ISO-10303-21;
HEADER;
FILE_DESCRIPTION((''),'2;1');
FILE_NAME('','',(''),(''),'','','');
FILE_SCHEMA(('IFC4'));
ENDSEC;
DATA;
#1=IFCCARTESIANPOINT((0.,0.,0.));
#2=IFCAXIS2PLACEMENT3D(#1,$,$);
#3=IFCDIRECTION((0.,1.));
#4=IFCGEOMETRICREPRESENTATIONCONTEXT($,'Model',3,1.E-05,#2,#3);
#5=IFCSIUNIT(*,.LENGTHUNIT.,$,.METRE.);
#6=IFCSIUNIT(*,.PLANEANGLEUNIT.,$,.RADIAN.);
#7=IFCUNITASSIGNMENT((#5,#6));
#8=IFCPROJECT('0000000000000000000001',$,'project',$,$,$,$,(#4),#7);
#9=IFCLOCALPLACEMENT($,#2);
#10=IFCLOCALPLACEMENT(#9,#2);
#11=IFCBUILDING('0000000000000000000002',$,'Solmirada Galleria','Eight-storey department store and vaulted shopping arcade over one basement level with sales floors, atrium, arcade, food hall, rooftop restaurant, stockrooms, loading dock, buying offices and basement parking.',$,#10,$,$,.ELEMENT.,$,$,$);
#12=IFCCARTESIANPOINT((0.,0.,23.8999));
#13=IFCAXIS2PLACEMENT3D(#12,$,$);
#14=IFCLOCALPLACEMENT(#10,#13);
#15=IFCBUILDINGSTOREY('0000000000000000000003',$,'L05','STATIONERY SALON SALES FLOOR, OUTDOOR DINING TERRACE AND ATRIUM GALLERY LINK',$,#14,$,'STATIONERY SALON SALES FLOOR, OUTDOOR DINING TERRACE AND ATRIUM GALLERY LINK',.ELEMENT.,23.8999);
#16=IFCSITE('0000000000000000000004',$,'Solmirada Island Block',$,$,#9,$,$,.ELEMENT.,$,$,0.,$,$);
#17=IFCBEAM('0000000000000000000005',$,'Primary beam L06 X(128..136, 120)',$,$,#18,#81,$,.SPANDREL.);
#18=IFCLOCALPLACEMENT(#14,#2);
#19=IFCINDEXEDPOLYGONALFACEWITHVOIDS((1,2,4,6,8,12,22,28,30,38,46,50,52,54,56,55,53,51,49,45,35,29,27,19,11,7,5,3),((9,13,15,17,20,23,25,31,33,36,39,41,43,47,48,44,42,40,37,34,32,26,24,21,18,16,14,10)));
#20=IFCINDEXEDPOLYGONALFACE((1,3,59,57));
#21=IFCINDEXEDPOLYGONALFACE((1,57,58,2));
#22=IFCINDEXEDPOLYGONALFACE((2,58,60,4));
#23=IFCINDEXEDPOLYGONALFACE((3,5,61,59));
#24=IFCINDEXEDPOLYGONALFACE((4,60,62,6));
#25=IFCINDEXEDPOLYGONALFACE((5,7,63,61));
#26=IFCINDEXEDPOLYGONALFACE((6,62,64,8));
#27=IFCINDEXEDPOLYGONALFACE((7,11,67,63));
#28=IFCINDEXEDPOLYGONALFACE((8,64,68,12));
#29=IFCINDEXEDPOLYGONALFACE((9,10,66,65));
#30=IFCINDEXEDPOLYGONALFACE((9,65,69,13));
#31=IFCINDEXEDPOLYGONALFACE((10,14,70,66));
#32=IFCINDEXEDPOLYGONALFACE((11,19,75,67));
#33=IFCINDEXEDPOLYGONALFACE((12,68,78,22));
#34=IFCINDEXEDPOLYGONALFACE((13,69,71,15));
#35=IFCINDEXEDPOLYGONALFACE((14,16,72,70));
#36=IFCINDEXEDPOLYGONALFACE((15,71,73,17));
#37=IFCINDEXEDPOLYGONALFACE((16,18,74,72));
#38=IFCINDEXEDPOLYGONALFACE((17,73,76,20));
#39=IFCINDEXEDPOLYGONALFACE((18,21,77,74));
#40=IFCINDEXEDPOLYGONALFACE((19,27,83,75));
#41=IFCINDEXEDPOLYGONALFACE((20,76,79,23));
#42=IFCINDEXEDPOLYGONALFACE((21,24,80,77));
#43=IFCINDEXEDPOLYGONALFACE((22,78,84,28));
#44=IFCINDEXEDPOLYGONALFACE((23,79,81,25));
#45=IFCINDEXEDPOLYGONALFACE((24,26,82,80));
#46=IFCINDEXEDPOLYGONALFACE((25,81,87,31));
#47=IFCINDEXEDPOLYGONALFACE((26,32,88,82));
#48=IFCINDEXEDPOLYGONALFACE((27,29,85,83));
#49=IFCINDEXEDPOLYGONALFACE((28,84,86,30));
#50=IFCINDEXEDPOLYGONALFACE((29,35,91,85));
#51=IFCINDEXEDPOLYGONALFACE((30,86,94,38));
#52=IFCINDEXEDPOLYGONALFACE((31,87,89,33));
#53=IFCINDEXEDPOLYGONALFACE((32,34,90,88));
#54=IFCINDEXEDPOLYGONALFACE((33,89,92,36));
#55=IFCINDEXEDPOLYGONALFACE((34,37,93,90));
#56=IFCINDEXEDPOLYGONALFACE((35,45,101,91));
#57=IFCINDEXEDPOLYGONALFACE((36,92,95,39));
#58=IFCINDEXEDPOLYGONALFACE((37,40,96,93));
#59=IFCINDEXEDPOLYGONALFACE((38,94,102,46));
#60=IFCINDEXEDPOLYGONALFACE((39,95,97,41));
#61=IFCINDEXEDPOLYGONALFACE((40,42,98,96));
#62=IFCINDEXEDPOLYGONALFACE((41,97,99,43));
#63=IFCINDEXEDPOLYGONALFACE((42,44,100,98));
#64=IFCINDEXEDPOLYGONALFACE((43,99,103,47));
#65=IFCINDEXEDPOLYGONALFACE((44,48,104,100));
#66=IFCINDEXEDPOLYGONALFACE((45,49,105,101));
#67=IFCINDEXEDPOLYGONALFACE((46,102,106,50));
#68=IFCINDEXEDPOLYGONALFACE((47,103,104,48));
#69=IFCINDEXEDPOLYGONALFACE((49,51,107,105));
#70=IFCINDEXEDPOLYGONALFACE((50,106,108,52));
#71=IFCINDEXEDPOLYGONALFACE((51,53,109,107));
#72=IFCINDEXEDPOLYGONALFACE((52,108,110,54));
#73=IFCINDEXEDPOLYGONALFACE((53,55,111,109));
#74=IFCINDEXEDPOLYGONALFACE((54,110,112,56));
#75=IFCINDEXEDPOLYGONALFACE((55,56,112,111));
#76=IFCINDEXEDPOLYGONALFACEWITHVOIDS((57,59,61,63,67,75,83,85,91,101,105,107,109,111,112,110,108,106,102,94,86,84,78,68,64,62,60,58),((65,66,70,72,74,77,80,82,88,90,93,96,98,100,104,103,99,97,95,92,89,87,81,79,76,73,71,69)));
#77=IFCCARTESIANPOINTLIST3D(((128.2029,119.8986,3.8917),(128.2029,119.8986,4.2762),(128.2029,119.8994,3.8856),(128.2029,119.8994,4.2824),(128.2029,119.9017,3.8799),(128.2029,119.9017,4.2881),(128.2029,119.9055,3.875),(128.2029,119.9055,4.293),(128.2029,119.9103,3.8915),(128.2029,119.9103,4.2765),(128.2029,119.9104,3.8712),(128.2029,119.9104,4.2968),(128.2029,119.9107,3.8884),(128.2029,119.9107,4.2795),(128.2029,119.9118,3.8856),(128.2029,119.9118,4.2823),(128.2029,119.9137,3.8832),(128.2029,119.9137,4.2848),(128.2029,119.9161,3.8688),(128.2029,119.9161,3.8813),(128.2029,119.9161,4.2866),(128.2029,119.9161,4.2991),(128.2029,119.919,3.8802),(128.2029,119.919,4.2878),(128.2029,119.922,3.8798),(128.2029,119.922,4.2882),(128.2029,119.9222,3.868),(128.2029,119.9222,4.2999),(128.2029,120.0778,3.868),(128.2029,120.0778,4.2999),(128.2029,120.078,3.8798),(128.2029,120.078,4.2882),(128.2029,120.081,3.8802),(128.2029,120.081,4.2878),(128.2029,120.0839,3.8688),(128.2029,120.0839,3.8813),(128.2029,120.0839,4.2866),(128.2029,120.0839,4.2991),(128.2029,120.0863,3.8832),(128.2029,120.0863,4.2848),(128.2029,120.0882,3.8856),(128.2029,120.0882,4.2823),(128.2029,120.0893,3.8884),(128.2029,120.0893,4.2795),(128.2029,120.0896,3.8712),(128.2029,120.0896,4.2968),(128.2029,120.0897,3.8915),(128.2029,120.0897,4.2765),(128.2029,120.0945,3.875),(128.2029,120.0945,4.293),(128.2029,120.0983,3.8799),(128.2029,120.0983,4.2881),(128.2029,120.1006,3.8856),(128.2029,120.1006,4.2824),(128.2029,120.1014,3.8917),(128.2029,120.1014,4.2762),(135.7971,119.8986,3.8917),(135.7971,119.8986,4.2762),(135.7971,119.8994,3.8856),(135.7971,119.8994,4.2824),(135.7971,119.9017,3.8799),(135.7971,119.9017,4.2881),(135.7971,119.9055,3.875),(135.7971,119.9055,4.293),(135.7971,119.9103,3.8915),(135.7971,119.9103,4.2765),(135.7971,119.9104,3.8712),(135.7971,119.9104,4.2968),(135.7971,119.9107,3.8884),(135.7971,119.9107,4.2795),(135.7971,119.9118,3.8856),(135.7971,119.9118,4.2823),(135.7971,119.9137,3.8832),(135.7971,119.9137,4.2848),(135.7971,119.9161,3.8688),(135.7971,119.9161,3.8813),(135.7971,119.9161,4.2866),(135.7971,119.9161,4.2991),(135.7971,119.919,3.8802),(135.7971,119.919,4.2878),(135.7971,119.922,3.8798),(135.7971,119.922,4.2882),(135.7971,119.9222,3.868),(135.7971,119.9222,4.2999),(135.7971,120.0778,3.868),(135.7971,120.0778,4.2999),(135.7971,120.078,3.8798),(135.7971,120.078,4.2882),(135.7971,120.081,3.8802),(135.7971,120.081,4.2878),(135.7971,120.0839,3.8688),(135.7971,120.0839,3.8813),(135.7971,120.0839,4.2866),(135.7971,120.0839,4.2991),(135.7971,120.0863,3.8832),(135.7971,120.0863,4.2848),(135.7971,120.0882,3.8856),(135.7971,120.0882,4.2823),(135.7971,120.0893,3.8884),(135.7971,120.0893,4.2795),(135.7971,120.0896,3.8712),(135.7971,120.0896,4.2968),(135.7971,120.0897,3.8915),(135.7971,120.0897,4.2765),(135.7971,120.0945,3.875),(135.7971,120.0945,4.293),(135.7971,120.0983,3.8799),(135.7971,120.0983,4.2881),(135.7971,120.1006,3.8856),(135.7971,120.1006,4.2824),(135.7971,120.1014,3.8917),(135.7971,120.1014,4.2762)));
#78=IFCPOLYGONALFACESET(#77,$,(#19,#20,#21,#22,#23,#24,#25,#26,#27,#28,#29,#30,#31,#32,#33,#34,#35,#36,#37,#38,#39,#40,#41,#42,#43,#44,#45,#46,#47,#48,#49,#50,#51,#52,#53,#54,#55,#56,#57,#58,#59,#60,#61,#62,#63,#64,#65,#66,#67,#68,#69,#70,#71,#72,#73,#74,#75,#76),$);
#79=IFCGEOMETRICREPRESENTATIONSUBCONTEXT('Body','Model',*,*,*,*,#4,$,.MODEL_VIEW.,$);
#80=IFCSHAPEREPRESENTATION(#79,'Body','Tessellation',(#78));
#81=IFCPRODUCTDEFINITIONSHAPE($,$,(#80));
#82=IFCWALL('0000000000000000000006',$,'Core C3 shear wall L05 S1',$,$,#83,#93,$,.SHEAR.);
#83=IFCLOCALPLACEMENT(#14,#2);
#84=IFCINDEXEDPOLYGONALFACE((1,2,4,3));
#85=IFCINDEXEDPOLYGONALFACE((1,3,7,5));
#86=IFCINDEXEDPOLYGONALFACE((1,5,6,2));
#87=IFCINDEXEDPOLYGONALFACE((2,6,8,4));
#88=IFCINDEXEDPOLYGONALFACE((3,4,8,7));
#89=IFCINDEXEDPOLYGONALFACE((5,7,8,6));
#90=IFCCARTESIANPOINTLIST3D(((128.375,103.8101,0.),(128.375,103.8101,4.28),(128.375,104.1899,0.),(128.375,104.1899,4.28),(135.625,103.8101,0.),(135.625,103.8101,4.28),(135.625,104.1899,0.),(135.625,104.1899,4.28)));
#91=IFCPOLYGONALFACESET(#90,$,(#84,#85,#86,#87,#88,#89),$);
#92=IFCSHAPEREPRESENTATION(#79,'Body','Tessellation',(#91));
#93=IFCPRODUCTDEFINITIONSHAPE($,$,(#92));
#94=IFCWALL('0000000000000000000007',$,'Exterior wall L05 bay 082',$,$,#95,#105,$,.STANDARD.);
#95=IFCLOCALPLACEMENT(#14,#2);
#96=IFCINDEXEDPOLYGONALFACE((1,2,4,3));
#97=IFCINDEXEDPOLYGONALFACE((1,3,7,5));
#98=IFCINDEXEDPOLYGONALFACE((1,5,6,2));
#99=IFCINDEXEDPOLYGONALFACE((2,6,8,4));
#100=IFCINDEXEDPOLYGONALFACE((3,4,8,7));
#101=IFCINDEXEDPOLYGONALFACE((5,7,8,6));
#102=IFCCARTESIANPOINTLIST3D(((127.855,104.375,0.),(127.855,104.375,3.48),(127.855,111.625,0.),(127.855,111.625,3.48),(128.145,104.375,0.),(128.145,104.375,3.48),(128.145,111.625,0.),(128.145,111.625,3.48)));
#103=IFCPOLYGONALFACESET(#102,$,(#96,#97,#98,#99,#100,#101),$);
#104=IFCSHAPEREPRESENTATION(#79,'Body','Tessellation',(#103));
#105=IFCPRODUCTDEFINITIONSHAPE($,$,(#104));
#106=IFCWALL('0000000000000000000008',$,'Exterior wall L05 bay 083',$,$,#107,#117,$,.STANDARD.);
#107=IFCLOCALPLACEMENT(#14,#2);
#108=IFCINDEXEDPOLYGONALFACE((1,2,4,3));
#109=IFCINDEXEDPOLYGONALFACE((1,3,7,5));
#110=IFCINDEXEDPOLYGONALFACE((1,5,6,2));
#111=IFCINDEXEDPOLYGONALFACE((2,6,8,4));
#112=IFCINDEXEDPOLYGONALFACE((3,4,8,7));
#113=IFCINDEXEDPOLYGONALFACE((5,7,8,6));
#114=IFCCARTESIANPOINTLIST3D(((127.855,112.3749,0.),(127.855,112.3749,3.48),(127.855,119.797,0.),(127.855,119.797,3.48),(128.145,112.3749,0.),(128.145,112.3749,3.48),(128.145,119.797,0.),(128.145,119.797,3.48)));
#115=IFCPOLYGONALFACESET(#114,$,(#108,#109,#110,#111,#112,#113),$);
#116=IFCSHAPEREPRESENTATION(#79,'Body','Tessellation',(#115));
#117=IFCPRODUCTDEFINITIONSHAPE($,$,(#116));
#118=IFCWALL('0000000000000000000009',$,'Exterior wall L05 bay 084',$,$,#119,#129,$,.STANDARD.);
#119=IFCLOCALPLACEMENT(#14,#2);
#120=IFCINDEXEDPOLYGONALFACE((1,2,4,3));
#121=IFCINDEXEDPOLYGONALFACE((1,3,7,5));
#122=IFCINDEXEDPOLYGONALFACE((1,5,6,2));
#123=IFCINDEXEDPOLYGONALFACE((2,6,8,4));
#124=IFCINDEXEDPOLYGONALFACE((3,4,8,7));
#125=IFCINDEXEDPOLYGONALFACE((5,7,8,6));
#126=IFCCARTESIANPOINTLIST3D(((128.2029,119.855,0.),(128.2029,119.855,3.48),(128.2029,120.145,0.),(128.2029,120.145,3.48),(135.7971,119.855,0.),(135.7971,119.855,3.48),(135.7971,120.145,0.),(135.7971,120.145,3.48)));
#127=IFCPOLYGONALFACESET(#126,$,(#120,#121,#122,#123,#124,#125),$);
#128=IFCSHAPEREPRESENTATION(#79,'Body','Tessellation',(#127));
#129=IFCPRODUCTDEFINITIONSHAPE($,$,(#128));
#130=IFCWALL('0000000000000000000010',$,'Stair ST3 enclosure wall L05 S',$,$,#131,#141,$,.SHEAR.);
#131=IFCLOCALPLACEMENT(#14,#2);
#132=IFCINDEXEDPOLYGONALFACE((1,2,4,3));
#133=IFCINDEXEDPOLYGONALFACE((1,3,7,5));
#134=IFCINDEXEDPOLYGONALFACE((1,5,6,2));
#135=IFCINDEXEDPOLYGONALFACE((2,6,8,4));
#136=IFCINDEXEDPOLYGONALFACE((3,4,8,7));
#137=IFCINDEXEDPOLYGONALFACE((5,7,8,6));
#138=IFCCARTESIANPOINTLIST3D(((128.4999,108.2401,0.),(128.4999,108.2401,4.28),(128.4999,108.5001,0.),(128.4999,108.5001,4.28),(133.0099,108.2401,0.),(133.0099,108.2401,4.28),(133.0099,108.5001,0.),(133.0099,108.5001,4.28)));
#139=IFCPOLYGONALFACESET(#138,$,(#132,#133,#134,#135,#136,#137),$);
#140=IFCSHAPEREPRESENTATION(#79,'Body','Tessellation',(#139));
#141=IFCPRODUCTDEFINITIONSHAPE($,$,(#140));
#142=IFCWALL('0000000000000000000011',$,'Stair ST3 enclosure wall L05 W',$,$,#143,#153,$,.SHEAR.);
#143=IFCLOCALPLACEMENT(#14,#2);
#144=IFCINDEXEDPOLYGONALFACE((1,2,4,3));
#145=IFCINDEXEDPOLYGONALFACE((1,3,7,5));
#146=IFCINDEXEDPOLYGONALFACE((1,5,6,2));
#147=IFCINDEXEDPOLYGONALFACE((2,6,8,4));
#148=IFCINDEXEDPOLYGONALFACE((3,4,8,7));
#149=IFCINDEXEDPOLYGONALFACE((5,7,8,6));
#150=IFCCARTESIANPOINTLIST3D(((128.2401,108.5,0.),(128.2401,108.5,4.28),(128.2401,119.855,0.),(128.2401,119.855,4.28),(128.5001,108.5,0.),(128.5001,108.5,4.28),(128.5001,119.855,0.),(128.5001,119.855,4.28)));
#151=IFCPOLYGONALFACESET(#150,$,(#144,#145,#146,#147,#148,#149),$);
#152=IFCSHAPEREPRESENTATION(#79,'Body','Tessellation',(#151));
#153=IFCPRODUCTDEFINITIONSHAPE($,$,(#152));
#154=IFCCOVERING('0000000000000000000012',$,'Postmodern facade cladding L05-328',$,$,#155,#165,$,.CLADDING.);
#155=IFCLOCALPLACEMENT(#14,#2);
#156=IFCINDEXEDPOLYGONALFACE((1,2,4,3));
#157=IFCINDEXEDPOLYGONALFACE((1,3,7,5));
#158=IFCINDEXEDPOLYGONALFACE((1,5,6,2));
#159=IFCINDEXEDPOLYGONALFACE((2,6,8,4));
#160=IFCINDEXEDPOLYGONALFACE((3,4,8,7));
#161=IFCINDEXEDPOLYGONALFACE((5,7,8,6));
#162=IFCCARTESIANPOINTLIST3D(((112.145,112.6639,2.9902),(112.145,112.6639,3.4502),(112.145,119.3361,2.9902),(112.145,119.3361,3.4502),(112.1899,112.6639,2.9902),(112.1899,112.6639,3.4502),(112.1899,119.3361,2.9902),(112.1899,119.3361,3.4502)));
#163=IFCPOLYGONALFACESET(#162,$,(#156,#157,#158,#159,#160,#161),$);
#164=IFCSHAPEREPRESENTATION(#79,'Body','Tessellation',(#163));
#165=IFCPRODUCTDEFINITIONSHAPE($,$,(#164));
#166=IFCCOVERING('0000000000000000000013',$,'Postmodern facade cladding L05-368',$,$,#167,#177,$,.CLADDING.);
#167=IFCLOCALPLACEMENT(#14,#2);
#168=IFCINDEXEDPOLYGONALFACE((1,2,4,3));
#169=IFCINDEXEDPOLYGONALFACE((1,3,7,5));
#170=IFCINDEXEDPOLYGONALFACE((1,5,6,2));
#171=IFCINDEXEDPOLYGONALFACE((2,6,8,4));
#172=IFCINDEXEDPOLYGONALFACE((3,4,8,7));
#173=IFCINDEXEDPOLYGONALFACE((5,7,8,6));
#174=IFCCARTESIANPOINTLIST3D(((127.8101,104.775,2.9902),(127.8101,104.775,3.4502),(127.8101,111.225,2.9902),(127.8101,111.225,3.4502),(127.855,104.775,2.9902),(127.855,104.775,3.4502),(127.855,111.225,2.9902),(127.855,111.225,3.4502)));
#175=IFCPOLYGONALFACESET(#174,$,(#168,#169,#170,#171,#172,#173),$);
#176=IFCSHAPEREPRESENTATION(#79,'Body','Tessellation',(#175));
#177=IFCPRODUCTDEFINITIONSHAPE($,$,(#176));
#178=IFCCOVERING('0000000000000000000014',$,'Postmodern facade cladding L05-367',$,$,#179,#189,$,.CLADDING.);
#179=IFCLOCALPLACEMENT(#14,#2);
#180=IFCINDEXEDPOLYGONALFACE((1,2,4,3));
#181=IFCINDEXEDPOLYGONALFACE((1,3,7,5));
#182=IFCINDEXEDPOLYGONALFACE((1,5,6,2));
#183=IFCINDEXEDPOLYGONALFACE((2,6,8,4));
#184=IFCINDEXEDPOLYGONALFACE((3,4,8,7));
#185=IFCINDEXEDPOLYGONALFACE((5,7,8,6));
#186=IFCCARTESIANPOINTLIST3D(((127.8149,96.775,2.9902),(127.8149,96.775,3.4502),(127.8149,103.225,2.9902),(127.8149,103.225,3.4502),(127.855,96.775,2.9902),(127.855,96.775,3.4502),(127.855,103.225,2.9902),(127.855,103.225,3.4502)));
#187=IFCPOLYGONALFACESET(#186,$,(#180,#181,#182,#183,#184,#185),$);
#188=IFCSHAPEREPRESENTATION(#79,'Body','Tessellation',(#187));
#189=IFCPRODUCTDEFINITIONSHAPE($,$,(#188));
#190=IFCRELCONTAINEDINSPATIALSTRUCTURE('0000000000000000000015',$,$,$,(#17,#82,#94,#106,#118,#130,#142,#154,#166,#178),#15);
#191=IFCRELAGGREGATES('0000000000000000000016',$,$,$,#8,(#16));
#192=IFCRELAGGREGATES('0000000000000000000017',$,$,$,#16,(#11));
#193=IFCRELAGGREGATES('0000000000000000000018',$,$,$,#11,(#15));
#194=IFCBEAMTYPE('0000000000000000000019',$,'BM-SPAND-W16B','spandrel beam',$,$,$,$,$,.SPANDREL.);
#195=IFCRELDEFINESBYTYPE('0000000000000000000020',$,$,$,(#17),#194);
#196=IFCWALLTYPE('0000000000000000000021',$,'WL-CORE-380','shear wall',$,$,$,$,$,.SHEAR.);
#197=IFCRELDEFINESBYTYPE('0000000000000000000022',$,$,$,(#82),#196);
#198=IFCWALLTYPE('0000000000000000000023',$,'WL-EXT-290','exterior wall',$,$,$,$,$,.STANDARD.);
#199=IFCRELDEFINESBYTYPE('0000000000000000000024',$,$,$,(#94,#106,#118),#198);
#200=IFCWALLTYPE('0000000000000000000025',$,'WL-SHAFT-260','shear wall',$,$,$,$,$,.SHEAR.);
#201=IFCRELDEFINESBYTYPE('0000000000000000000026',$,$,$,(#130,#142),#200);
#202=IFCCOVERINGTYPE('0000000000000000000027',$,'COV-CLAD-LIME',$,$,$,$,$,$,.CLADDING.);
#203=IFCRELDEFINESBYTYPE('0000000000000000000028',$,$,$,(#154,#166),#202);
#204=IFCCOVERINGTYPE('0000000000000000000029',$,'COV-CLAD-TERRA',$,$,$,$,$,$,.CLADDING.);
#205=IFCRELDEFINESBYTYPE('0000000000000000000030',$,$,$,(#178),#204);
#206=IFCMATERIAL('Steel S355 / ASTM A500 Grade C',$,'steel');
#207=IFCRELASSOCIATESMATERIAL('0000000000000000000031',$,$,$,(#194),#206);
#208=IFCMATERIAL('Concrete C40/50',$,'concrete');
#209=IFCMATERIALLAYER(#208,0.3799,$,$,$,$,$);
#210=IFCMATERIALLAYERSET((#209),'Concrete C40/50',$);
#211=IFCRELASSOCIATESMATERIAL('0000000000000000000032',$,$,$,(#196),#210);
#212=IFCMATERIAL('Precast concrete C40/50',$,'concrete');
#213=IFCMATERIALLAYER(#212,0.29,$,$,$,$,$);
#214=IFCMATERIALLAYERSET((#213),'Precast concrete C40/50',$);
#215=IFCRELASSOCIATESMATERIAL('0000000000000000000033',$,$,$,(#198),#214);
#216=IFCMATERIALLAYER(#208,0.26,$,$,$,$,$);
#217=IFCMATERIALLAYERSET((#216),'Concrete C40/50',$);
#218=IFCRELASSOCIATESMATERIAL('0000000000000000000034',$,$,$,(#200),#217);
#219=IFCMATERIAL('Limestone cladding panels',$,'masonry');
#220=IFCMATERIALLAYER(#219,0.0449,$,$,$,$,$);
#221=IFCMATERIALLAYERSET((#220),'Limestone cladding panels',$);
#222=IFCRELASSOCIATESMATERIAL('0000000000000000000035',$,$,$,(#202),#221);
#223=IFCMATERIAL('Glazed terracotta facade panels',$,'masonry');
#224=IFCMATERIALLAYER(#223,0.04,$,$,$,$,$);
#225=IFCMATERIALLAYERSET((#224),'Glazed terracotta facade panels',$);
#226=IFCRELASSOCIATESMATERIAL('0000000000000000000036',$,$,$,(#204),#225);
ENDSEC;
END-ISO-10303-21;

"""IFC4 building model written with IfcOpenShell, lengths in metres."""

from ifc_helpers import new_model, si_unit, direction, frame, frame_2d, origin, origin_2d, place, context, subcontext, project, spatial, rectangle, hollow_rectangle, extrude, material, layer, layer_set, material_profile, profile_set, type_object, element, save


model = new_model("IFC4")

# Units and contexts
model_context = context("Model", 3, precision=1e-05, world=origin(), true_north=direction((0.0, 1.0)))
body_context = subcontext(model_context, "Body", "Model", "MODEL_VIEW")
ifc_project = project(units=[si_unit("LENGTHUNIT", "METRE"), si_unit("PLANEANGLEUNIT", "RADIAN")], contexts=[model_context])

# Site, building, storey
site_placement = place(None, origin())
site = spatial("IfcSite", under=ifc_project, at=site_placement, Name="Solmirada Island Block", CompositionType="ELEMENT", RefElevation=0.0)
building_placement = place(site_placement, origin())
building = spatial("IfcBuilding", under=site, at=building_placement, Name="Solmirada Galleria", Description="Eight-storey department store and vaulted shopping arcade over one basement level with sales floors, atrium, arcade, food hall, rooftop restaurant, stockrooms, loading dock, buying offices and basement parking.", CompositionType="ELEMENT")
storey_placement = place(building_placement, frame((0.0, 0.0, 23.8999)))
storey = spatial("IfcBuildingStorey", under=building, at=storey_placement, Name="L05", Description="STATIONERY SALON SALES FLOOR, OUTDOOR DINING TERRACE AND ATRIUM GALLERY LINK", LongName="STATIONERY SALON SALES FLOOR, OUTDOOR DINING TERRACE AND ATRIUM GALLERY LINK", CompositionType="ELEMENT", Elevation=23.8999)

# Shared definitions
ifc_material_1 = material(Name="Steel S355 / ASTM A500 Grade C", Category="steel")
ifc_material_2 = material(Name="Concrete C40/50", Category="concrete")

# Beam
ifc_material_profile_1 = material_profile(ifc_material_1, hollow_rectangle(XDim=0.2029, YDim=0.4319, WallThickness=0.0117, InnerFilletRadius=0.0117, OuterFilletRadius=0.0237, at=origin_2d()), Name="HSS17X8X1/2")
ifc_profile_set_1 = profile_set([ifc_material_profile_1], Name="Steel S355 / ASTM A500 Grade C")
beam_type_1 = type_object("IfcBeamType", Name="BM-SPAND-W16B", Description="spandrel beam", PredefinedType="SPANDREL", material=ifc_profile_set_1)
beam_1_placement = place(storey_placement, frame((128.2029, 120.0, 4.084), z_axis=(1.0, 0.0, 0.0), x_axis=(0.0, 1.0, 0.0)))
element("IfcBeam", 1, at=beam_1_placement, inside=storey, type_object=beam_type_1, Name="Primary beam L06 X(128..136, 120)", PredefinedType="SPANDREL", context=body_context, shape_type="SweptSolid", body=[
    extrude(hollow_rectangle(XDim=0.2029, YDim=0.4319, WallThickness=0.0117, InnerFilletRadius=0.0117, OuterFilletRadius=0.0237, at=origin_2d()), origin(), (0.0, 0.0, 1.0), 7.5942),
])

# Walls
ifc_layer_1 = layer(ifc_material_2, 0.3799)
ifc_layer_set_1 = layer_set([ifc_layer_1], Name="Concrete C40/50")
wall_type_1 = type_object("IfcWallType", Name="WL-CORE-380", Description="shear wall", PredefinedType="SHEAR", material=ifc_layer_set_1)
wall_1_placement = place(storey_placement, frame((128.375, 104.0, 0.0), z_axis=(0.0, 0.0, 1.0), x_axis=(1.0, 0.0, 0.0)))
element("IfcWall", 2, at=wall_1_placement, inside=storey, type_object=wall_type_1, Name="Core C3 shear wall L05 S1", PredefinedType="SHEAR", context=body_context, shape_type="SweptSolid", body=[
    extrude(rectangle(XDim=7.25, YDim=0.3799, at=frame_2d((3.625, 0.0))), origin(), (0.0, 0.0, 1.0), 4.28),
])
ifc_material_3 = material(Name="Precast concrete C40/50", Category="concrete")
ifc_layer_2 = layer(ifc_material_3, 0.29)
ifc_layer_set_2 = layer_set([ifc_layer_2], Name="Precast concrete C40/50")
wall_type_2 = type_object("IfcWallType", Name="WL-EXT-290", Description="exterior wall", PredefinedType="STANDARD", material=ifc_layer_set_2)
wall_2_placement = place(storey_placement, frame((128.0, 104.375, 0.0), z_axis=(0.0, 0.0, 1.0), x_axis=(0.0, 1.0, 0.0)))
element("IfcWall", 3, at=wall_2_placement, inside=storey, type_object=wall_type_2, Name="Exterior wall L05 bay 082", PredefinedType="STANDARD", context=body_context, shape_type="SweptSolid", body=[
    extrude(rectangle(XDim=7.25, YDim=0.29, at=frame_2d((3.625, 0.0))), origin(), (0.0, 0.0, 1.0), 3.48),
])
wall_3_placement = place(storey_placement, frame((128.0, 112.375, 0.0), z_axis=(0.0, 0.0, 1.0), x_axis=(0.0, 1.0, 0.0)))
element("IfcWall", 4, at=wall_3_placement, inside=storey, type_object=wall_type_2, Name="Exterior wall L05 bay 083", PredefinedType="STANDARD", context=body_context, shape_type="SweptSolid", body=[
    extrude(rectangle(XDim=7.4221, YDim=0.29, at=frame_2d((3.7109, 0.0))), origin(), (0.0, 0.0, 1.0), 3.48),
])
wall_4_placement = place(storey_placement, frame((128.2029, 120.0, 0.0), z_axis=(0.0, 0.0, 1.0), x_axis=(1.0, 0.0, 0.0)))
element("IfcWall", 5, at=wall_4_placement, inside=storey, type_object=wall_type_2, Name="Exterior wall L05 bay 084", PredefinedType="STANDARD", context=body_context, shape_type="SweptSolid", body=[
    extrude(rectangle(XDim=7.5942, YDim=0.29, at=frame_2d((3.7971, 0.0))), origin(), (0.0, 0.0, 1.0), 3.48),
])
ifc_layer_3 = layer(ifc_material_2, 0.26)
ifc_layer_set_3 = layer_set([ifc_layer_3], Name="Concrete C40/50")
wall_type_3 = type_object("IfcWallType", Name="WL-SHAFT-260", Description="shear wall", PredefinedType="SHEAR", material=ifc_layer_set_3)
wall_5_placement = place(storey_placement, frame((128.5, 108.3701, 0.0), z_axis=(0.0, 0.0, 1.0), x_axis=(1.0, 0.0, 0.0)))
element("IfcWall", 6, at=wall_5_placement, inside=storey, type_object=wall_type_3, Name="Stair ST3 enclosure wall L05 S", PredefinedType="SHEAR", context=body_context, shape_type="SweptSolid", body=[
    extrude(rectangle(XDim=4.51, YDim=0.26, at=frame_2d((2.2549, 0.0))), origin(), (0.0, 0.0, 1.0), 4.28),
])
wall_6_placement = place(storey_placement, frame((128.3701, 108.5, 0.0), z_axis=(0.0, 0.0, 1.0), x_axis=(0.0, 1.0, 0.0)))
element("IfcWall", 7, at=wall_6_placement, inside=storey, type_object=wall_type_3, Name="Stair ST3 enclosure wall L05 W", PredefinedType="SHEAR", context=body_context, shape_type="SweptSolid", body=[
    extrude(rectangle(XDim=11.355, YDim=0.26, at=frame_2d((5.6775, 0.0))), origin(), (0.0, 0.0, 1.0), 4.28),
])

# Coverings
ifc_material_4 = material(Name="Limestone cladding panels", Category="masonry")
ifc_layer_4 = layer(ifc_material_4, 0.0449)
ifc_layer_set_4 = layer_set([ifc_layer_4], Name="Limestone cladding panels")
covering_type_1 = type_object("IfcCoveringType", Name="COV-CLAD-LIME", PredefinedType="CLADDING", material=ifc_layer_set_4)
covering_1_placement = place(storey_placement, frame((112.1675, 116.0, 2.9902), z_axis=(0.0, 0.0, 1.0), x_axis=(0.0, -1.0, 0.0)))
element("IfcCovering", 8, at=covering_1_placement, inside=storey, type_object=covering_type_1, Name="Postmodern facade cladding L05-328", PredefinedType="CLADDING", context=body_context, shape_type="SweptSolid", body=[
    extrude(rectangle(XDim=6.6721, YDim=0.0449, at=origin_2d()), origin(), (0.0, 0.0, 1.0), 0.46),
])
covering_2_placement = place(storey_placement, frame((127.8325, 108.0, 2.9902), z_axis=(0.0, 0.0, 1.0), x_axis=(0.0, 1.0, 0.0)))
element("IfcCovering", 9, at=covering_2_placement, inside=storey, type_object=covering_type_1, Name="Postmodern facade cladding L05-368", PredefinedType="CLADDING", context=body_context, shape_type="SweptSolid", body=[
    extrude(rectangle(XDim=6.45, YDim=0.0449, at=origin_2d()), origin(), (0.0, 0.0, 1.0), 0.46),
])
ifc_material_5 = material(Name="Glazed terracotta facade panels", Category="masonry")
ifc_layer_5 = layer(ifc_material_5, 0.04)
ifc_layer_set_5 = layer_set([ifc_layer_5], Name="Glazed terracotta facade panels")
covering_type_2 = type_object("IfcCoveringType", Name="COV-CLAD-TERRA", PredefinedType="CLADDING", material=ifc_layer_set_5)
covering_3_placement = place(storey_placement, frame((127.835, 100.0, 2.9902), z_axis=(0.0, 0.0, 1.0), x_axis=(0.0, 1.0, 0.0)))
element("IfcCovering", 10, at=covering_3_placement, inside=storey, type_object=covering_type_2, Name="Postmodern facade cladding L05-367", PredefinedType="CLADDING", context=body_context, shape_type="SweptSolid", body=[
    extrude(rectangle(XDim=6.45, YDim=0.04, at=origin_2d()), origin(), (0.0, 0.0, 1.0), 0.46),
])

save(model, "model.ifc")
